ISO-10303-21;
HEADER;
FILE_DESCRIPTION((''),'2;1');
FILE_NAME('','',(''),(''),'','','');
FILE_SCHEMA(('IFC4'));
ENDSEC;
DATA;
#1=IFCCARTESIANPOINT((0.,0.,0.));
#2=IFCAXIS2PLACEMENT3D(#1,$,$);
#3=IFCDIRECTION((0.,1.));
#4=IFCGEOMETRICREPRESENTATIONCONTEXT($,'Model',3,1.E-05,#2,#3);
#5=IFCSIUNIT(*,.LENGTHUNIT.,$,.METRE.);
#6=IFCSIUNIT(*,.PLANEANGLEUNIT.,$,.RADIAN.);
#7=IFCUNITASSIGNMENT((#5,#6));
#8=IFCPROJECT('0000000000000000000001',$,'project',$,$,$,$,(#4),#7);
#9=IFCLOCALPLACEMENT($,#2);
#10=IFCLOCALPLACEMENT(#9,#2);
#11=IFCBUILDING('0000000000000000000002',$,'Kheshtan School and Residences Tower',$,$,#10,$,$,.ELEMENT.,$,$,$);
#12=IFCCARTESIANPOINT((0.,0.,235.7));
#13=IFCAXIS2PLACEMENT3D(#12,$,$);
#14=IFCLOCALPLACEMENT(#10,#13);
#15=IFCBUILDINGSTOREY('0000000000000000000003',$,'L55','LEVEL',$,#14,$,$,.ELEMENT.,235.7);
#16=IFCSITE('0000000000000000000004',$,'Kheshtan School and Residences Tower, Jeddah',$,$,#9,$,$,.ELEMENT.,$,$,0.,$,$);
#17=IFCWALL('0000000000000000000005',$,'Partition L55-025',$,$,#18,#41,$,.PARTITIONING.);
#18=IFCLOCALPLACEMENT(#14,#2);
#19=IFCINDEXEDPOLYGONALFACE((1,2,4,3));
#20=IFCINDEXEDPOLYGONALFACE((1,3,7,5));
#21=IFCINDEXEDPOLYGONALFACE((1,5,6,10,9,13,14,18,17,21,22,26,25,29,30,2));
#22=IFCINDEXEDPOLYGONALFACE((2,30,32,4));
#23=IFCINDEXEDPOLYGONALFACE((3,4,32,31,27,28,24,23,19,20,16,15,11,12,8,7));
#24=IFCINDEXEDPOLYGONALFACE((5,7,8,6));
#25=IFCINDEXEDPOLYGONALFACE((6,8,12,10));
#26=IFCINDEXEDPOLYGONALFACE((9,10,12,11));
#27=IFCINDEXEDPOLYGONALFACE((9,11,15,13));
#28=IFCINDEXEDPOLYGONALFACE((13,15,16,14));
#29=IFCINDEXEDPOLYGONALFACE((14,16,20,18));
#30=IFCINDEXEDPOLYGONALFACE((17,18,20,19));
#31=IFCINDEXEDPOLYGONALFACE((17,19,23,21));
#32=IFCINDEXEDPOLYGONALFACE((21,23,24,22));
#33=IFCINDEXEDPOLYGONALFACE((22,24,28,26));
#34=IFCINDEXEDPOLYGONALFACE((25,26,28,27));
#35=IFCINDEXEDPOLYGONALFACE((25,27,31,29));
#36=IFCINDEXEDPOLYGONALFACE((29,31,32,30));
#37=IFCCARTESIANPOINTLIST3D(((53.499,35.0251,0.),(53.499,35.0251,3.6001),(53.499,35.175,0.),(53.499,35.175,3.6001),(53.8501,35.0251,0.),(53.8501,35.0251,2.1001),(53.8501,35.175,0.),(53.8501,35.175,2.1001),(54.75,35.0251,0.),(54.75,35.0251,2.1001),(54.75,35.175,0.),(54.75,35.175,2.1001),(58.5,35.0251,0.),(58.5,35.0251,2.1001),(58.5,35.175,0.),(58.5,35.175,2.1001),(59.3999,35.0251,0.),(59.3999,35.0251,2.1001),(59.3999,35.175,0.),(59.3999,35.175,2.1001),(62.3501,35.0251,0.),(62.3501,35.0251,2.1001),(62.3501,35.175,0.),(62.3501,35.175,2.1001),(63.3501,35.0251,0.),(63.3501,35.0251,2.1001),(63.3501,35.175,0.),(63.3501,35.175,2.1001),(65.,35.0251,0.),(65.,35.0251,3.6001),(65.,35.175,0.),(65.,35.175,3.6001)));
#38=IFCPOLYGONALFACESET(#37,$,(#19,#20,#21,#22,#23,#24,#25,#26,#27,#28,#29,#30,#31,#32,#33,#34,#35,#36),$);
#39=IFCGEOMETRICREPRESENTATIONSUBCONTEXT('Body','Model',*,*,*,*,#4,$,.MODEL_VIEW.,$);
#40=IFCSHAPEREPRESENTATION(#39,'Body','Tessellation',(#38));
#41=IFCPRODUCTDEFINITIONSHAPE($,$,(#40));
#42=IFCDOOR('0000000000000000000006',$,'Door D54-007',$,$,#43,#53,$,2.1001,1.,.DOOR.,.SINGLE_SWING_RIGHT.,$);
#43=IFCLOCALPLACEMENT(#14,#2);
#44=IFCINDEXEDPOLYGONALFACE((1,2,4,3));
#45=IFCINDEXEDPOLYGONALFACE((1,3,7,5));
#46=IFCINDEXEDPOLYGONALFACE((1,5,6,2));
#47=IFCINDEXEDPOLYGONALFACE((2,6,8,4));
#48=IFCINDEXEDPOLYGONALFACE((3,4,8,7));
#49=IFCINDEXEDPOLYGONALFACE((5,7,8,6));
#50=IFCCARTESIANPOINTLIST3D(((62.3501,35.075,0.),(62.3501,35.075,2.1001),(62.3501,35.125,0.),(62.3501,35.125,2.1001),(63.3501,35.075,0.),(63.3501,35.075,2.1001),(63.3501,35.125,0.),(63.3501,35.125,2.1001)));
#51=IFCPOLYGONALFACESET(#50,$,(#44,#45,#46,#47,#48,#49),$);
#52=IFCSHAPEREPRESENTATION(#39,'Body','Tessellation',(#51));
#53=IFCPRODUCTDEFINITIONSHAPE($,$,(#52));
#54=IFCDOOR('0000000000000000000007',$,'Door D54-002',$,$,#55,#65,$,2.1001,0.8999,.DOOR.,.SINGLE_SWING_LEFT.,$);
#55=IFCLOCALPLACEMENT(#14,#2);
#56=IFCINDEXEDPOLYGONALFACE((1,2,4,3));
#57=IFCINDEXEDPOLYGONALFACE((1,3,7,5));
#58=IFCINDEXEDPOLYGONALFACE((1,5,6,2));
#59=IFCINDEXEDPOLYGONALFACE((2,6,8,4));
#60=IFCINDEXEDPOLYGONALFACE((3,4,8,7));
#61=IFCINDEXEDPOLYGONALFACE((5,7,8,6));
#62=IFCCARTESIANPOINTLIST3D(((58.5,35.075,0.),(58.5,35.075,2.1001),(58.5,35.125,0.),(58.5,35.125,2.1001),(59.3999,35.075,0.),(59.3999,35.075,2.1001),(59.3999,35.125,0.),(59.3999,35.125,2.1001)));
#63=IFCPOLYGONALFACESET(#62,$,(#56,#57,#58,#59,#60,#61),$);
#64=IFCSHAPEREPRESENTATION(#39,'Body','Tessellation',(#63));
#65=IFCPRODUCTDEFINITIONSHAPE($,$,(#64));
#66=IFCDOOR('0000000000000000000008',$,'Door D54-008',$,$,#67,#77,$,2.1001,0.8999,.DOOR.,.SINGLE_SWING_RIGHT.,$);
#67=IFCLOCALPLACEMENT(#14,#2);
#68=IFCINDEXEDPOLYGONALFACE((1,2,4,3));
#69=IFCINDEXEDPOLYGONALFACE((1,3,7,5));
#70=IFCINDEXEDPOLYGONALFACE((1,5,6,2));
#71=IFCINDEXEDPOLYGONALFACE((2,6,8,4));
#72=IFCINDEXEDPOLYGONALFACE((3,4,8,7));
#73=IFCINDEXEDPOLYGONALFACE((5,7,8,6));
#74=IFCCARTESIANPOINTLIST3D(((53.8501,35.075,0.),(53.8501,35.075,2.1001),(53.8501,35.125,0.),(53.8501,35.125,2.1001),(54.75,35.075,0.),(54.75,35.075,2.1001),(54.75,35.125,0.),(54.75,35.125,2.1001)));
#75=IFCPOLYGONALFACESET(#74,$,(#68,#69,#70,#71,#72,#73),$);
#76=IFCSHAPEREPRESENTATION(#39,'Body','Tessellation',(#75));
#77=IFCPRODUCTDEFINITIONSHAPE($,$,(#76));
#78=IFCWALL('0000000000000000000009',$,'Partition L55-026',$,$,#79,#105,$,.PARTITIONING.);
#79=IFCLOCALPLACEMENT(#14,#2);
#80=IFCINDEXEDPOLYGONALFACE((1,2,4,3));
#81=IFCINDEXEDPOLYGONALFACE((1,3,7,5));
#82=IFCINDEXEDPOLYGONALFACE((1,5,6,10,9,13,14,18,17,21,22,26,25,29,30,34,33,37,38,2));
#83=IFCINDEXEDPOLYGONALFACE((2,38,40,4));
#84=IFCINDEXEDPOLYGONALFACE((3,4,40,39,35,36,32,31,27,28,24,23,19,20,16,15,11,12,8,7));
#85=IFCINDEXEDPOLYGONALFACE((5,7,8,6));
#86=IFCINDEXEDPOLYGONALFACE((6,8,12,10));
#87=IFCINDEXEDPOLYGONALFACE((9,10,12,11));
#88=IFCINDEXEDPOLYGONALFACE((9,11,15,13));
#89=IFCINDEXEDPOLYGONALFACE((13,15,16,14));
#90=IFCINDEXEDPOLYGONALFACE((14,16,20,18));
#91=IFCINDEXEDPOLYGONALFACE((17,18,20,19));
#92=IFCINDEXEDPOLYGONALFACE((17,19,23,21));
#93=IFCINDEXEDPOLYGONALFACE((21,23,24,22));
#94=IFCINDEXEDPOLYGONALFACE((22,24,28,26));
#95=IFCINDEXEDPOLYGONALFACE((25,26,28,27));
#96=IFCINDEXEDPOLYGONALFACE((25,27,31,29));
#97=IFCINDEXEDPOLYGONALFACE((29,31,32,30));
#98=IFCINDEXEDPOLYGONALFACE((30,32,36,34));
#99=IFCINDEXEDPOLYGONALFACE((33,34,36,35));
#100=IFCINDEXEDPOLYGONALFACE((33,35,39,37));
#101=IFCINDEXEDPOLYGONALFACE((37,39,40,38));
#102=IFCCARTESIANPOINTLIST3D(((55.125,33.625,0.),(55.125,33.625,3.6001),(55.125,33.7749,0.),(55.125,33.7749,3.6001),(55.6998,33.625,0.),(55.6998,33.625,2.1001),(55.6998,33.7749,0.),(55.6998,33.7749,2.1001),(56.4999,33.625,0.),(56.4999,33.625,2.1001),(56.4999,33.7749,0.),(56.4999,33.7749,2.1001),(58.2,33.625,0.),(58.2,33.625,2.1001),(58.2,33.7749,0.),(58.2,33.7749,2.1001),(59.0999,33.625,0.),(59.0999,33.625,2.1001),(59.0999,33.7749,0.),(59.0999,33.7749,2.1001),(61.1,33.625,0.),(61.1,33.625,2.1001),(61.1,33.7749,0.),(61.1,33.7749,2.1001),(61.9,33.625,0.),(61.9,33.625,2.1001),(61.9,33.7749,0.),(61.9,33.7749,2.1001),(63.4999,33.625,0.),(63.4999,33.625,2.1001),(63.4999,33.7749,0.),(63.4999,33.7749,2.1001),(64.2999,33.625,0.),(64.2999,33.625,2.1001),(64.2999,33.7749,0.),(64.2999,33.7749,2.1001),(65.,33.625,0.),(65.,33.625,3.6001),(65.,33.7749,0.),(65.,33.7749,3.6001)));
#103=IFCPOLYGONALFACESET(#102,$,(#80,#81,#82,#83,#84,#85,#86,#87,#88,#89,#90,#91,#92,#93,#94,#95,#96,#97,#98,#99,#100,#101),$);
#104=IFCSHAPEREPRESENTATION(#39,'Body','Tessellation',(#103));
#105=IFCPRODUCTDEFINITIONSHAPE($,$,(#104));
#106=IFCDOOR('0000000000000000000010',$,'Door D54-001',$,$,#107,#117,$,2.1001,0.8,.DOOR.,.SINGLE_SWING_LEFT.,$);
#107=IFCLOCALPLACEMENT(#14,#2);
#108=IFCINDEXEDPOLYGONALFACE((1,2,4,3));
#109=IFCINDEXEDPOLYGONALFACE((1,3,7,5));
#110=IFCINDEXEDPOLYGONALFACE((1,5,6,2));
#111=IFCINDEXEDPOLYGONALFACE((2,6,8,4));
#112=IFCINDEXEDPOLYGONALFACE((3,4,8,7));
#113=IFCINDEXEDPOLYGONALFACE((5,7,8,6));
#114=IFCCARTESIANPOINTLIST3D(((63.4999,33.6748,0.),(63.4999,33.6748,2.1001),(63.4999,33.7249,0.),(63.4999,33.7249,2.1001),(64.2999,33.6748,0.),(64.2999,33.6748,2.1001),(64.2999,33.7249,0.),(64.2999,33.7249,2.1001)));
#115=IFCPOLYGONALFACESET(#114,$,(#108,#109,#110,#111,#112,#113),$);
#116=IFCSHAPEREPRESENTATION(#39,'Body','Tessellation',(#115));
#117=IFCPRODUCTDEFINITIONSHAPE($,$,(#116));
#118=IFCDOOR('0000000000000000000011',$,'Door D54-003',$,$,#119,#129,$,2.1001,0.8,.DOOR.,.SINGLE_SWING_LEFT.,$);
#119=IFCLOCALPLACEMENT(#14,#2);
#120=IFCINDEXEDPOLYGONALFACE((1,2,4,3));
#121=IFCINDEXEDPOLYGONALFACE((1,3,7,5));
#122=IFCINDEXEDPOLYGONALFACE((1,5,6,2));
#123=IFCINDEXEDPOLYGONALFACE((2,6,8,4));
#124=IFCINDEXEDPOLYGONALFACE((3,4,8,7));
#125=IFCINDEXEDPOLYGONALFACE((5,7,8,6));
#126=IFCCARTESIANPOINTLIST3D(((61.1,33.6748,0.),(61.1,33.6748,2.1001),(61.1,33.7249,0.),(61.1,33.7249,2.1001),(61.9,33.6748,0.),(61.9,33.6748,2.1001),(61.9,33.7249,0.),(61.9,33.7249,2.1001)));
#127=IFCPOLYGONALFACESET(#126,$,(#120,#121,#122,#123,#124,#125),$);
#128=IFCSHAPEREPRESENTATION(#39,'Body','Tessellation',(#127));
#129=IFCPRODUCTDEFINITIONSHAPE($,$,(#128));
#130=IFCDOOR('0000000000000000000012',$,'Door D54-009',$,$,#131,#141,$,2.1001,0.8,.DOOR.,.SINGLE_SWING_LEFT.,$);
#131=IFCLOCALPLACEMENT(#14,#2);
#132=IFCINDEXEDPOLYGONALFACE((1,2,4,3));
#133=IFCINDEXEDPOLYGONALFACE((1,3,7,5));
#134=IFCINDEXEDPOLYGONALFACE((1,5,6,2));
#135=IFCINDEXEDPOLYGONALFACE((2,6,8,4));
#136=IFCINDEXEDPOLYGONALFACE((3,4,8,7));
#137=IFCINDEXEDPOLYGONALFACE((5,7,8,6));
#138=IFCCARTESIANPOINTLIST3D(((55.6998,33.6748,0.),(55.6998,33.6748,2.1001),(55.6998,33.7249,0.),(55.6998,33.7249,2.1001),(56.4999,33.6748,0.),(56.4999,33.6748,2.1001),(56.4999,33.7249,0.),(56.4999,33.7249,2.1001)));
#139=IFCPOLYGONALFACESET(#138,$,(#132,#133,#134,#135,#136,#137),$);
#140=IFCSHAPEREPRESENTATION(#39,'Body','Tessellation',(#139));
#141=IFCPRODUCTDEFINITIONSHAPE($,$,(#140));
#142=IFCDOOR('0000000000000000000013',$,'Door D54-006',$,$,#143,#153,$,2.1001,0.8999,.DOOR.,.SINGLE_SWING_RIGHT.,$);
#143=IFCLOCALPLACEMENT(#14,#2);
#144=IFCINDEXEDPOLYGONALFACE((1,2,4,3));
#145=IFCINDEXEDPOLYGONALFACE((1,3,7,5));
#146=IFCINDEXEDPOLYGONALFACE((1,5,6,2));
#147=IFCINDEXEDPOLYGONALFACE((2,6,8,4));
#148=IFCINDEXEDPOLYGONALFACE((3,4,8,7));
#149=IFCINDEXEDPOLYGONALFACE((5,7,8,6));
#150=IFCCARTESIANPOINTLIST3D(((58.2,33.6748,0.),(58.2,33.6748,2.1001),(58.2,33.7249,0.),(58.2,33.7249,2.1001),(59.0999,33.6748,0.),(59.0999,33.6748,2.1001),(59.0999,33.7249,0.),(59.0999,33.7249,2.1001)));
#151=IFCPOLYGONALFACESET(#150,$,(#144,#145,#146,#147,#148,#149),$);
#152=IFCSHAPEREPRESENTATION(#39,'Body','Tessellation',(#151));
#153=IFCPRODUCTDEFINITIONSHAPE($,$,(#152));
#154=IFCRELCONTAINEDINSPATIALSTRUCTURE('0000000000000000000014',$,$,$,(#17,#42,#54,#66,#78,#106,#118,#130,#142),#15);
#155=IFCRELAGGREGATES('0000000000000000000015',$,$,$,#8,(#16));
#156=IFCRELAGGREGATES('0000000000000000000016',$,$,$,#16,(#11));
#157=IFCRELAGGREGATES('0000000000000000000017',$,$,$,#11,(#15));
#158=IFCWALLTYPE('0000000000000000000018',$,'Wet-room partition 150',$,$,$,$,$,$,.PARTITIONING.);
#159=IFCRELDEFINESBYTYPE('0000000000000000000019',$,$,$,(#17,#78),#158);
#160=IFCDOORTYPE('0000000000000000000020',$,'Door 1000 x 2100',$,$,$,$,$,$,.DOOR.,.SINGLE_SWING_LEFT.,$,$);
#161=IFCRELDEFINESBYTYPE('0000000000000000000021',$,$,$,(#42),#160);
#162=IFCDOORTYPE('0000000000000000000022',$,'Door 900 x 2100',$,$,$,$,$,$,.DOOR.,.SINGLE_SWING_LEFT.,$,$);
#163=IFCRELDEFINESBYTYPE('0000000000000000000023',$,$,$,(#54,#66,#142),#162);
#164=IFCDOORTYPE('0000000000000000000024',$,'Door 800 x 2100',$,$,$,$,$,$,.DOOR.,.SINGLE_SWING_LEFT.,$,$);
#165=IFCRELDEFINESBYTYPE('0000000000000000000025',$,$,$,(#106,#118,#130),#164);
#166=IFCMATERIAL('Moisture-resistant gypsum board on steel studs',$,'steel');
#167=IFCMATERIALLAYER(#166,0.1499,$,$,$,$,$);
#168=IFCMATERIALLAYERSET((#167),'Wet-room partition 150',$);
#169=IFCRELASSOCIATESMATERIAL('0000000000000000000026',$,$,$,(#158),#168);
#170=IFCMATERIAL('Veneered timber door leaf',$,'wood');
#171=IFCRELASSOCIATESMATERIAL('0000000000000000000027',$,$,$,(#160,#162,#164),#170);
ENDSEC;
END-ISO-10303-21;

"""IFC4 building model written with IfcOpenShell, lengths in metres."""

from ifc_helpers import new_model, si_unit, direction, frame, frame_2d, origin, place, context, subcontext, project, spatial, rectangle, extrude, source, transform, mapped, material, layer, layer_set, type_object, element, fill, save


model = new_model("IFC4")

# Units and contexts
model_context = context("Model", 3, precision=1e-05, world=origin(), true_north=direction((0.0, 1.0)))
body_context = subcontext(model_context, "Body", "Model", "MODEL_VIEW")
ifc_project = project(units=[si_unit("LENGTHUNIT", "METRE"), si_unit("PLANEANGLEUNIT", "RADIAN")], contexts=[model_context])

# Site, building, storey
site_placement = place(None, origin())
site = spatial("IfcSite", under=ifc_project, at=site_placement, Name="Kheshtan School and Residences Tower, Jeddah", CompositionType="ELEMENT", RefElevation=0.0)
building_placement = place(site_placement, origin())
building = spatial("IfcBuilding", under=site, at=building_placement, Name="Kheshtan School and Residences Tower", CompositionType="ELEMENT")
storey_placement = place(building_placement, frame((0.0, 0.0, 235.7)))
storey = spatial("IfcBuildingStorey", under=building, at=storey_placement, Name="L55", Description="LEVEL", CompositionType="ELEMENT", Elevation=235.7)

# Walls, openings, doors
ifc_material_1 = material(Name="Moisture-resistant gypsum board on steel studs", Category="steel")
ifc_layer_1 = layer(ifc_material_1, 0.1499)
ifc_layer_set_1 = layer_set([ifc_layer_1], Name="Wet-room partition 150")
wall_type_1 = type_object("IfcWallType", Name="Wet-room partition 150", PredefinedType="PARTITIONING", material=ifc_layer_set_1)
wall_1_placement = place(storey_placement, frame((53.499, 35.1001, 0.0), z_axis=(0.0, 0.0, 1.0), x_axis=(1.0, 0.0, 0.0)))
wall_1 = element("IfcWall", 1, at=wall_1_placement, inside=storey, type_object=wall_type_1, Name="Partition L55-025", PredefinedType="PARTITIONING", context=body_context, shape_type="SweptSolid", body=[
    extrude(rectangle(XDim=11.501, YDim=0.1499, at=frame_2d((5.7505, 0.0))), origin(), (0.0, 0.0, 1.0), 3.6001),
])
opening_1_placement = place(wall_1_placement, frame((5.001, 0.0, 0.0)))
opening_1 = element("IfcOpeningElement", 2, at=opening_1_placement, cuts=wall_1, PredefinedType="OPENING", context=body_context, shape_type="SweptSolid", body=[
    extrude(rectangle(XDim=0.8999, YDim=2.1001, at=frame_2d((0.45, 1.05))), frame((0.0, 0.085, 0.0), z_axis=(0.0, -1.0, 0.0), x_axis=(1.0, 0.0, 0.0)), (0.0, 0.0, 1.0), 0.1699),
])
opening_2_placement = place(wall_1_placement, frame((8.8511, 0.0, 0.0)))
opening_2 = element("IfcOpeningElement", 3, at=opening_2_placement, cuts=wall_1, PredefinedType="OPENING", context=body_context, shape_type="SweptSolid", body=[
    extrude(rectangle(XDim=1.0, YDim=2.1001, at=frame_2d((0.5, 1.05))), frame((0.0, 0.085, 0.0), z_axis=(0.0, -1.0, 0.0), x_axis=(1.0, 0.0, 0.0)), (0.0, 0.0, 1.0), 0.1699),
])
opening_3_placement = place(wall_1_placement, frame((0.3511, 0.0, 0.0)))
opening_3 = element("IfcOpeningElement", 4, at=opening_3_placement, cuts=wall_1, PredefinedType="OPENING", context=body_context, shape_type="SweptSolid", body=[
    extrude(rectangle(XDim=0.8999, YDim=2.1001, at=frame_2d((0.45, 1.05))), frame((0.0, 0.085, 0.0), z_axis=(0.0, -1.0, 0.0), x_axis=(1.0, 0.0, 0.0)), (0.0, 0.0, 1.0), 0.1699),
])
ifc_material_2 = material(Name="Veneered timber door leaf", Category="wood")
door_type_1 = type_object("IfcDoorType", Name="Door 1000 x 2100", OperationType="SINGLE_SWING_LEFT", PredefinedType="DOOR", material=ifc_material_2)
shared_shape_1 = source(origin(), body_context, "Body", "SweptSolid", [
    extrude(rectangle(XDim=1.0, YDim=2.1001, at=frame_2d((0.5, 1.05))), frame((0.0, 0.0249, 0.0), z_axis=(0.0, -1.0, 0.0), x_axis=(1.0, 0.0, 0.0)), (0.0, 0.0, 1.0), 0.05),
])
door_1_placement = place(opening_2_placement, origin())
door_1 = element("IfcDoor", 5, at=door_1_placement, inside=storey, type_object=door_type_1, Name="Door D54-007", OperationType="SINGLE_SWING_RIGHT", OverallHeight=2.1001, OverallWidth=1.0, PredefinedType="DOOR", context=body_context, shape_type="MappedRepresentation", body=[
    mapped(shared_shape_1, transform((0.0, 0.0, 0.0), x_axis=(1.0, 0.0, 0.0), y_axis=(0.0, 1.0, 0.0), z_axis=(0.0, 0.0, 1.0), scale=1.0)),
])
fill(opening_2, door_1)
door_type_2 = type_object("IfcDoorType", Name="Door 900 x 2100", OperationType="SINGLE_SWING_LEFT", PredefinedType="DOOR", material=ifc_material_2)
shared_shape_2 = source(origin(), body_context, "Body", "SweptSolid", [
    extrude(rectangle(XDim=0.8999, YDim=2.1001, at=frame_2d((0.45, 1.05))), frame((0.0, 0.0249, 0.0), z_axis=(0.0, -1.0, 0.0), x_axis=(1.0, 0.0, 0.0)), (0.0, 0.0, 1.0), 0.05),
])
door_2_placement = place(opening_1_placement, origin())
door_2 = element("IfcDoor", 6, at=door_2_placement, inside=storey, type_object=door_type_2, Name="Door D54-002", OperationType="SINGLE_SWING_LEFT", OverallHeight=2.1001, OverallWidth=0.8999, PredefinedType="DOOR", context=body_context, shape_type="MappedRepresentation", body=[
    mapped(shared_shape_2, transform((0.0, 0.0, 0.0), x_axis=(1.0, 0.0, 0.0), y_axis=(0.0, 1.0, 0.0), z_axis=(0.0, 0.0, 1.0), scale=1.0)),
])
fill(opening_1, door_2)
door_3_placement = place(opening_3_placement, origin())
door_3 = element("IfcDoor", 7, at=door_3_placement, inside=storey, type_object=door_type_2, Name="Door D54-008", OperationType="SINGLE_SWING_RIGHT", OverallHeight=2.1001, OverallWidth=0.8999, PredefinedType="DOOR", context=body_context, shape_type="MappedRepresentation", body=[
    mapped(shared_shape_2, transform((0.0, 0.0, 0.0), x_axis=(1.0, 0.0, 0.0), y_axis=(0.0, 1.0, 0.0), z_axis=(0.0, 0.0, 1.0), scale=1.0)),
])
fill(opening_3, door_3)
wall_2_placement = place(storey_placement, frame((55.125, 33.7, 0.0), z_axis=(0.0, 0.0, 1.0), x_axis=(1.0, 0.0, 0.0)))
wall_2 = element("IfcWall", 8, at=wall_2_placement, inside=storey, type_object=wall_type_1, Name="Partition L55-026", PredefinedType="PARTITIONING", context=body_context, shape_type="SweptSolid", body=[
    extrude(rectangle(XDim=9.875, YDim=0.1499, at=frame_2d((4.9375, 0.0))), origin(), (0.0, 0.0, 1.0), 3.6001),
])
opening_4_placement = place(wall_2_placement, frame((8.375, 0.0, 0.0)))
opening_4 = element("IfcOpeningElement", 9, at=opening_4_placement, cuts=wall_2, PredefinedType="OPENING", context=body_context, shape_type="SweptSolid", body=[
    extrude(rectangle(XDim=0.8, YDim=2.1001, at=frame_2d((0.3999, 1.05))), frame((0.0, 0.085, 0.0), z_axis=(0.0, -1.0, 0.0), x_axis=(1.0, 0.0, 0.0)), (0.0, 0.0, 1.0), 0.1699),
])
opening_5_placement = place(wall_2_placement, frame((5.9751, 0.0, 0.0)))
opening_5 = element("IfcOpeningElement", 10, at=opening_5_placement, cuts=wall_2, PredefinedType="OPENING", context=body_context, shape_type="SweptSolid", body=[
    extrude(rectangle(XDim=0.8, YDim=2.1001, at=frame_2d((0.3999, 1.05))), frame((0.0, 0.085, 0.0), z_axis=(0.0, -1.0, 0.0), x_axis=(1.0, 0.0, 0.0)), (0.0, 0.0, 1.0), 0.1699),
])
opening_6_placement = place(wall_2_placement, frame((3.075, 0.0, 0.0)))
opening_6 = element("IfcOpeningElement", 11, at=opening_6_placement, cuts=wall_2, PredefinedType="OPENING", context=body_context, shape_type="SweptSolid", body=[
    extrude(rectangle(XDim=0.8999, YDim=2.1001, at=frame_2d((0.45, 1.05))), frame((0.0, 0.085, 0.0), z_axis=(0.0, -1.0, 0.0), x_axis=(1.0, 0.0, 0.0)), (0.0, 0.0, 1.0), 0.1699),
])
opening_7_placement = place(wall_2_placement, frame((0.575, 0.0, 0.0)))
opening_7 = element("IfcOpeningElement", 12, at=opening_7_placement, cuts=wall_2, PredefinedType="OPENING", context=body_context, shape_type="SweptSolid", body=[
    extrude(rectangle(XDim=0.8, YDim=2.1001, at=frame_2d((0.3999, 1.05))), frame((0.0, 0.085, 0.0), z_axis=(0.0, -1.0, 0.0), x_axis=(1.0, 0.0, 0.0)), (0.0, 0.0, 1.0), 0.1699),
])
door_type_3 = type_object("IfcDoorType", Name="Door 800 x 2100", OperationType="SINGLE_SWING_LEFT", PredefinedType="DOOR", material=ifc_material_2)
shared_shape_3 = source(origin(), body_context, "Body", "SweptSolid", [
    extrude(rectangle(XDim=0.8, YDim=2.1001, at=frame_2d((0.3999, 1.05))), frame((0.0, 0.0249, 0.0), z_axis=(0.0, -1.0, 0.0), x_axis=(1.0, 0.0, 0.0)), (0.0, 0.0, 1.0), 0.05),
])
door_4_placement = place(opening_4_placement, origin())
door_4 = element("IfcDoor", 13, at=door_4_placement, inside=storey, type_object=door_type_3, Name="Door D54-001", OperationType="SINGLE_SWING_LEFT", OverallHeight=2.1001, OverallWidth=0.8, PredefinedType="DOOR", context=body_context, shape_type="MappedRepresentation", body=[
    mapped(shared_shape_3, transform((0.0, 0.0, 0.0), x_axis=(1.0, 0.0, 0.0), y_axis=(0.0, 1.0, 0.0), z_axis=(0.0, 0.0, 1.0), scale=1.0)),
])
fill(opening_4, door_4)
door_5_placement = place(opening_5_placement, origin())
door_5 = element("IfcDoor", 14, at=door_5_placement, inside=storey, type_object=door_type_3, Name="Door D54-003", OperationType="SINGLE_SWING_LEFT", OverallHeight=2.1001, OverallWidth=0.8, PredefinedType="DOOR", context=body_context, shape_type="MappedRepresentation", body=[
    mapped(shared_shape_3, transform((0.0, 0.0, 0.0), x_axis=(1.0, 0.0, 0.0), y_axis=(0.0, 1.0, 0.0), z_axis=(0.0, 0.0, 1.0), scale=1.0)),
])
fill(opening_5, door_5)
door_6_placement = place(opening_7_placement, origin())
door_6 = element("IfcDoor", 15, at=door_6_placement, inside=storey, type_object=door_type_3, Name="Door D54-009", OperationType="SINGLE_SWING_LEFT", OverallHeight=2.1001, OverallWidth=0.8, PredefinedType="DOOR", context=body_context, shape_type="MappedRepresentation", body=[
    mapped(shared_shape_3, transform((0.0, 0.0, 0.0), x_axis=(1.0, 0.0, 0.0), y_axis=(0.0, 1.0, 0.0), z_axis=(0.0, 0.0, 1.0), scale=1.0)),
])
fill(opening_7, door_6)
door_7_placement = place(opening_6_placement, origin())
door_7 = element("IfcDoor", 16, at=door_7_placement, inside=storey, type_object=door_type_2, Name="Door D54-006", OperationType="SINGLE_SWING_RIGHT", OverallHeight=2.1001, OverallWidth=0.8999, PredefinedType="DOOR", context=body_context, shape_type="MappedRepresentation", body=[
    mapped(shared_shape_2, transform((0.0, 0.0, 0.0), x_axis=(1.0, 0.0, 0.0), y_axis=(0.0, 1.0, 0.0), z_axis=(0.0, 0.0, 1.0), scale=1.0)),
])
fill(opening_6, door_7)

save(model, "model.ifc")
